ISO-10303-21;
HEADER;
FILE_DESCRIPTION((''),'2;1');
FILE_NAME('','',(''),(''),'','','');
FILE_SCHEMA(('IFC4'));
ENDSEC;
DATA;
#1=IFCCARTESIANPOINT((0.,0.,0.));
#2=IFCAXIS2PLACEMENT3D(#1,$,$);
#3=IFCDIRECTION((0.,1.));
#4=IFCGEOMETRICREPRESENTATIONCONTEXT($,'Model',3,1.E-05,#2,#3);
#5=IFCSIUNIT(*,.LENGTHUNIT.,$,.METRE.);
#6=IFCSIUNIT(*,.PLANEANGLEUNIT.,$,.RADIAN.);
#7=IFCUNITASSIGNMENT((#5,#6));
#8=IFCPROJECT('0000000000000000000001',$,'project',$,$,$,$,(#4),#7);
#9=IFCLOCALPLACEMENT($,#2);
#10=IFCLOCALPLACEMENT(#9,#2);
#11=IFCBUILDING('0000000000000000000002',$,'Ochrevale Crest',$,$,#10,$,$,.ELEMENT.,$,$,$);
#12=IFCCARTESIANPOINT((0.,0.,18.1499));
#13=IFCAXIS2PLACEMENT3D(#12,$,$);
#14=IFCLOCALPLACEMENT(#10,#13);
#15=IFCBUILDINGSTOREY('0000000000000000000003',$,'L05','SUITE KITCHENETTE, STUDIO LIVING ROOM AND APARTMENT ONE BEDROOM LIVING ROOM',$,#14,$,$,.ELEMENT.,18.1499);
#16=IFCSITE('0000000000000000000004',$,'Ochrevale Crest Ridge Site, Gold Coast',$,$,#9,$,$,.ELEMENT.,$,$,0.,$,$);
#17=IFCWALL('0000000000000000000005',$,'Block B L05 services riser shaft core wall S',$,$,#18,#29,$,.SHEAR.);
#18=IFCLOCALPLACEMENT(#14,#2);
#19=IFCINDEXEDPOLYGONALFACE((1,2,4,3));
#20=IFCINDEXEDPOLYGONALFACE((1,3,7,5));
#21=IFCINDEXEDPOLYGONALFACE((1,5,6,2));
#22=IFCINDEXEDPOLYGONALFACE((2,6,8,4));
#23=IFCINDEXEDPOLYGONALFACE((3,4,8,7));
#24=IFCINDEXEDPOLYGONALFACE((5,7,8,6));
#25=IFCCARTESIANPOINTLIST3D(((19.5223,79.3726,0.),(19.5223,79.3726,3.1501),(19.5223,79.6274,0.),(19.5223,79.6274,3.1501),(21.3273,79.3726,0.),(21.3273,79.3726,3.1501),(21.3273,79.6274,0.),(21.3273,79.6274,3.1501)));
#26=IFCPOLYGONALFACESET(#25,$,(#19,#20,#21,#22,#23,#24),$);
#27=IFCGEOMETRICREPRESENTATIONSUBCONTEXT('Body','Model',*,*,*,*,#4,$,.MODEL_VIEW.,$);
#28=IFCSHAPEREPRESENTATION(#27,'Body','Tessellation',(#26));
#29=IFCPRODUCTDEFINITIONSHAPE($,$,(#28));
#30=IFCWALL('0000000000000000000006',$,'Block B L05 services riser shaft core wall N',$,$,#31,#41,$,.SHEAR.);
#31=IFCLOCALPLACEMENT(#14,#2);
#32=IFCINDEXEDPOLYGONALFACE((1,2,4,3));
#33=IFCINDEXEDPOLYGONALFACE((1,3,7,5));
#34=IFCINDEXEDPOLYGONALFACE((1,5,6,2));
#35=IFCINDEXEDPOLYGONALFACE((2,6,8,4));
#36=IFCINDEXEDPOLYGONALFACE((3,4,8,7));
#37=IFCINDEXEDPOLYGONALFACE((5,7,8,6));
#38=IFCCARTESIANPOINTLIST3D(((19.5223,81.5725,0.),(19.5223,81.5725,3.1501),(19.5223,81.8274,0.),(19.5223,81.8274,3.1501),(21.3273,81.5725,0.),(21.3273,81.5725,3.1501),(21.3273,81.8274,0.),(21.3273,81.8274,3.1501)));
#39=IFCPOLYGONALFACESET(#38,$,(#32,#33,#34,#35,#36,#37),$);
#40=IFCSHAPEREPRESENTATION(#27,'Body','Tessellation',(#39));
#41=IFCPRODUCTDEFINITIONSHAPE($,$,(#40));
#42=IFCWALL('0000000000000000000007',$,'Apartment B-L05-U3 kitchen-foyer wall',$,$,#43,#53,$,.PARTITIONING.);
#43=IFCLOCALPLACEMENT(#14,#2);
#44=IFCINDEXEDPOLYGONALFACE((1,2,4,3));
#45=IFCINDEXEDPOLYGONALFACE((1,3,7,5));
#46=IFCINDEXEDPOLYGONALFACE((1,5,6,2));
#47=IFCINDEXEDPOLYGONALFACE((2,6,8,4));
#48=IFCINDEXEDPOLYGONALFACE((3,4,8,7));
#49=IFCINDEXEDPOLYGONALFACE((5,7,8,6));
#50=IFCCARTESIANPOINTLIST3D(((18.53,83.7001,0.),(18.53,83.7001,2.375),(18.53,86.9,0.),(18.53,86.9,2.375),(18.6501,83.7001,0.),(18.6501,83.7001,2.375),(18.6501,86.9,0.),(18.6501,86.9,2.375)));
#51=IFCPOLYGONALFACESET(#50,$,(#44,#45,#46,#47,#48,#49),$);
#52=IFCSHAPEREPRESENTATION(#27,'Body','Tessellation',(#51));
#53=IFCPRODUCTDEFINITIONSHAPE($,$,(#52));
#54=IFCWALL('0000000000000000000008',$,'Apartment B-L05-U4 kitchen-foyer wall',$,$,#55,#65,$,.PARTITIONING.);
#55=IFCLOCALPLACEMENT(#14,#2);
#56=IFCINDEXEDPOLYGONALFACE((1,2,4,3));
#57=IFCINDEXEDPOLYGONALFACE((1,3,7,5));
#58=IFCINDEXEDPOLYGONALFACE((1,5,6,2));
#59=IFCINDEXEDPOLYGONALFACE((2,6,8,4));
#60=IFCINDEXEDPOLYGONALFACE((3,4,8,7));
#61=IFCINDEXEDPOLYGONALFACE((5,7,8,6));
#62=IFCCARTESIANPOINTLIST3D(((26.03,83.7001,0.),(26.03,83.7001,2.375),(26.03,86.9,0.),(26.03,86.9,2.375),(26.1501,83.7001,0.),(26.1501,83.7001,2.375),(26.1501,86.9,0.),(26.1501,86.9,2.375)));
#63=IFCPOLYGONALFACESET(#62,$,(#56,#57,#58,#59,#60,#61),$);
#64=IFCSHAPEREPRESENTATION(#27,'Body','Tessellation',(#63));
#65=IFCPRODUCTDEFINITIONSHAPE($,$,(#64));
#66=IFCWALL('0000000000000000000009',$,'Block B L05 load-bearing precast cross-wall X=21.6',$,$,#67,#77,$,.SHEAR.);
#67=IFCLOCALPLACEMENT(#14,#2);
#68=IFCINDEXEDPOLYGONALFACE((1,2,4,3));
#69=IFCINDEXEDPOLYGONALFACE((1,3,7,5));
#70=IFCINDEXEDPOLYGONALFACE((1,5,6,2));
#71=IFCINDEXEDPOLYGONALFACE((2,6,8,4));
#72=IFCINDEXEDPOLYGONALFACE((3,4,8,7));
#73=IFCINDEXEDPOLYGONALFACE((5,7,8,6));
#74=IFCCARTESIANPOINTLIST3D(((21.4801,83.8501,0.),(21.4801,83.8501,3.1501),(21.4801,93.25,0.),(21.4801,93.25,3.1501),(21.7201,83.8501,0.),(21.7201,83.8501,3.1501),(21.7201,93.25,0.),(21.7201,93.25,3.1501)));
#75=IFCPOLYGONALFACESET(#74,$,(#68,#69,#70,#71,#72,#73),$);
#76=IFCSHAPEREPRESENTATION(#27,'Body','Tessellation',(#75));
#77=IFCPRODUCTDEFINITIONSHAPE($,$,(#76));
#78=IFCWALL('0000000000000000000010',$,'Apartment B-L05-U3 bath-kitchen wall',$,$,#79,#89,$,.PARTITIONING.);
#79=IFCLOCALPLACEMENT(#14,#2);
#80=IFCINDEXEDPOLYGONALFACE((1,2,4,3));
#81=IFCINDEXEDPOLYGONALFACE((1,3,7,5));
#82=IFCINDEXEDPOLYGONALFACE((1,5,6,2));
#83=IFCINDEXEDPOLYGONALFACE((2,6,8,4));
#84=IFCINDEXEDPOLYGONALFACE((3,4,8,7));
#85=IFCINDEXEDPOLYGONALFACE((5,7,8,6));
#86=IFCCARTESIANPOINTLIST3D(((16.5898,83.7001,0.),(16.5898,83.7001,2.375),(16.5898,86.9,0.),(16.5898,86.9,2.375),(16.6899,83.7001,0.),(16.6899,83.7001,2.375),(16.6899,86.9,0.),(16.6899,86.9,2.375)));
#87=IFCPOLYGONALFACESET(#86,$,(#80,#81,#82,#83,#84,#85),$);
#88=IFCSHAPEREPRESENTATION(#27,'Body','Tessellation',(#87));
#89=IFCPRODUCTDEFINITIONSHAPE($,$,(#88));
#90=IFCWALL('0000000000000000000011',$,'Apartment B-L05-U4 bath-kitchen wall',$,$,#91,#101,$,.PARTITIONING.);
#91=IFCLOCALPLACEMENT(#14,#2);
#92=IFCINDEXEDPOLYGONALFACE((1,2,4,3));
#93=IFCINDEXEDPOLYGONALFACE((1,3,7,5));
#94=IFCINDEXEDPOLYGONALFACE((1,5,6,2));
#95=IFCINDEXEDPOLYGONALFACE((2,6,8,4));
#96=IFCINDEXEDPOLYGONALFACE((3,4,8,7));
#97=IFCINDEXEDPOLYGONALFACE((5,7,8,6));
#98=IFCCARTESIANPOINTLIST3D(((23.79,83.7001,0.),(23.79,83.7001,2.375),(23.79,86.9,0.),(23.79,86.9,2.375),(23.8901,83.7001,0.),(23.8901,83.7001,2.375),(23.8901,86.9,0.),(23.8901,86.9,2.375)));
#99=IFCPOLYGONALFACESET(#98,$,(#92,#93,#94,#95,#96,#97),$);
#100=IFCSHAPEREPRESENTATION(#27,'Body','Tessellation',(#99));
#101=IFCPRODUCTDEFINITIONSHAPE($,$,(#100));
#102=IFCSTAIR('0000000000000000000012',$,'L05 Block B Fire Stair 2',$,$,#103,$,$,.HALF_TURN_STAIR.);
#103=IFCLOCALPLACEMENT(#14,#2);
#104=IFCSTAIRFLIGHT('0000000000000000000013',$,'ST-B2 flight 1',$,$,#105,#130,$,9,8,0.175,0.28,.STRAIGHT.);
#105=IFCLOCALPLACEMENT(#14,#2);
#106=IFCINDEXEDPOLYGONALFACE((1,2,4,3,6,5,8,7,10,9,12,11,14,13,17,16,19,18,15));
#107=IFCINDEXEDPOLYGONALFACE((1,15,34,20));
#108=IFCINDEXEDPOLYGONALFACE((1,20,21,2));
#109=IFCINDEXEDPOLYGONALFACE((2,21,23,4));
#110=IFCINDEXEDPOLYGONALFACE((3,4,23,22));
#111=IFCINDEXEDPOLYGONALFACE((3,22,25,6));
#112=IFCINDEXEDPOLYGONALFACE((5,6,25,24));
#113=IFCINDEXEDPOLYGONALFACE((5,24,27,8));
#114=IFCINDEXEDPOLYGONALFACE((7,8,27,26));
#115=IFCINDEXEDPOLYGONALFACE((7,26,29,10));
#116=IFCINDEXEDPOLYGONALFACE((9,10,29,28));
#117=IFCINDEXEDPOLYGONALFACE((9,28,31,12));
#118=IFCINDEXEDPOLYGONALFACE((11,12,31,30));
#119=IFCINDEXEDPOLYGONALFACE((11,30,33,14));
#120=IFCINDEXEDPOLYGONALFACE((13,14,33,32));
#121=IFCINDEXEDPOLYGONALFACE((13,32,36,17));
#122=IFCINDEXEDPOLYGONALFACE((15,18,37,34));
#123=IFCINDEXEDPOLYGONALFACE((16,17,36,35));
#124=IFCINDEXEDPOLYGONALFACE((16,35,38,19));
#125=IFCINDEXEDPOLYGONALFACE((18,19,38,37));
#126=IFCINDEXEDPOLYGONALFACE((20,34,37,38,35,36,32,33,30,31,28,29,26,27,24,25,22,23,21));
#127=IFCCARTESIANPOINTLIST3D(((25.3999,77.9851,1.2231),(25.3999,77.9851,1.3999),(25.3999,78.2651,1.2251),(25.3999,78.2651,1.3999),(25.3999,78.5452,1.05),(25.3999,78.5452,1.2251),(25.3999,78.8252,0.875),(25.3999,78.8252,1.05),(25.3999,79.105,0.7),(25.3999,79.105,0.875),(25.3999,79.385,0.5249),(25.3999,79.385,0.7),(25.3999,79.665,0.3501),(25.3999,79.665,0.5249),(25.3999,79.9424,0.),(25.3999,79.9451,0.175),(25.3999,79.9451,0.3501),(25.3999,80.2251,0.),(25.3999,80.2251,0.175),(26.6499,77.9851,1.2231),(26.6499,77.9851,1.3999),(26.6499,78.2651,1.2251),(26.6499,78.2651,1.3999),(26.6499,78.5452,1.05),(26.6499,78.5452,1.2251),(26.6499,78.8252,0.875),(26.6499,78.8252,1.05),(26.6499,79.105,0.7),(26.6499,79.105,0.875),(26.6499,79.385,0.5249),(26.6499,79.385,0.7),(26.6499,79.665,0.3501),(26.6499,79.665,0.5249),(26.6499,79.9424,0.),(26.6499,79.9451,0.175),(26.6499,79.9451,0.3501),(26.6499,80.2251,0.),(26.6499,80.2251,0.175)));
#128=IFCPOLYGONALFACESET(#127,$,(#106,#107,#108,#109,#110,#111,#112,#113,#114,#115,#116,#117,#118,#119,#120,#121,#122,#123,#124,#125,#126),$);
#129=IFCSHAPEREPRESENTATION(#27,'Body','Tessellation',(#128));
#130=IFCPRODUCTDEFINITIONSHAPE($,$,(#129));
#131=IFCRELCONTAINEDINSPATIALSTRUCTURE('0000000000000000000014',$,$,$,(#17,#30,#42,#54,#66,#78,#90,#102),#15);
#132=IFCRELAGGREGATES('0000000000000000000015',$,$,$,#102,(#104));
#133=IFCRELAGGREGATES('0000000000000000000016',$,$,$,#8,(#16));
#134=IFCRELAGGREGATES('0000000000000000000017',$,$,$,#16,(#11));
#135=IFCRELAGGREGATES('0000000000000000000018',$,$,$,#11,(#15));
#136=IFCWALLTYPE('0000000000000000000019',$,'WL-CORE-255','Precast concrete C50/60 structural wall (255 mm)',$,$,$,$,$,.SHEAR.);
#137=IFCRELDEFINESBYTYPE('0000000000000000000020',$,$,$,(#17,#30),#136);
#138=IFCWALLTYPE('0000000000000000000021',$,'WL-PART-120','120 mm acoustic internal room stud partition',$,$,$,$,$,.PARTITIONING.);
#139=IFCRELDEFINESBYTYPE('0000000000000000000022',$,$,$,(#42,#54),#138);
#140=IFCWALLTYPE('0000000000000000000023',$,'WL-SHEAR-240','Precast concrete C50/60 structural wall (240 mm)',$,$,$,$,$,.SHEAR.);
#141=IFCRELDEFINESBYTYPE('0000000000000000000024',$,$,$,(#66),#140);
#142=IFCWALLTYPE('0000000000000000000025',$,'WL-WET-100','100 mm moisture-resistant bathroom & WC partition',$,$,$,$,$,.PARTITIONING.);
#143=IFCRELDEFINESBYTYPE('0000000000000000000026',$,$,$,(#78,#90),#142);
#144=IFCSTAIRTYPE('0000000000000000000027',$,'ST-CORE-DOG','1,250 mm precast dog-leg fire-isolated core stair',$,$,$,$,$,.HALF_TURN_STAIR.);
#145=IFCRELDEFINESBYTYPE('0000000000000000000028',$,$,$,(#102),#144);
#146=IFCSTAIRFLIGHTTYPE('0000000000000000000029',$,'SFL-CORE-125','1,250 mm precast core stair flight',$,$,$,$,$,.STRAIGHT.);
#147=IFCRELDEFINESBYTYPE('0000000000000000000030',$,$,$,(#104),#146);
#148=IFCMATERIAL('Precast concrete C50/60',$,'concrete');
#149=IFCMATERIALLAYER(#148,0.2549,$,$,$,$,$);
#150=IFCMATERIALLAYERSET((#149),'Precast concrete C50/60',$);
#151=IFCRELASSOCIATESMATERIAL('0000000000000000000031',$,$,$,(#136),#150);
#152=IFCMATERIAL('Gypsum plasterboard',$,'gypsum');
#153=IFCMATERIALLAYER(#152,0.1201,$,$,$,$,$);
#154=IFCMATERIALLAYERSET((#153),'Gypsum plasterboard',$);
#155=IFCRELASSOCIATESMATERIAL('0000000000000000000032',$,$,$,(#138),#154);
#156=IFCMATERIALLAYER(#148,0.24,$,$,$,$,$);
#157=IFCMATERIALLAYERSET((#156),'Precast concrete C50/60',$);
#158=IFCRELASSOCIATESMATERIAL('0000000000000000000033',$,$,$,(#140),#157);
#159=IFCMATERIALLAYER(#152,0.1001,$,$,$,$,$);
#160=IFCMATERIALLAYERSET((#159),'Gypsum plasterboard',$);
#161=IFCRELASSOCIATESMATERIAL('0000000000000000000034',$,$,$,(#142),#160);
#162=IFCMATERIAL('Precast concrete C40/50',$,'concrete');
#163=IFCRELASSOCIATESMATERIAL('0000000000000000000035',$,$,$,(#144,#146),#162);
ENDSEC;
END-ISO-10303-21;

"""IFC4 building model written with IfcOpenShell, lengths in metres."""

from ifc_helpers import new_model, si_unit, direction, frame, frame_2d, origin, place, context, subcontext, project, spatial, polyline, rectangle, outline, extrude, material, layer, layer_set, type_object, element, aggregate, save


model = new_model("IFC4")

# Units and contexts
model_context = context("Model", 3, precision=1e-05, world=origin(), true_north=direction((0.0, 1.0)))
body_context = subcontext(model_context, "Body", "Model", "MODEL_VIEW")
ifc_project = project(units=[si_unit("LENGTHUNIT", "METRE"), si_unit("PLANEANGLEUNIT", "RADIAN")], contexts=[model_context])

# Site, building, storey
site_placement = place(None, origin())
site = spatial("IfcSite", under=ifc_project, at=site_placement, Name="Ochrevale Crest Ridge Site, Gold Coast", CompositionType="ELEMENT", RefElevation=0.0)
building_placement = place(site_placement, origin())
building = spatial("IfcBuilding", under=site, at=building_placement, Name="Ochrevale Crest", CompositionType="ELEMENT")
storey_placement = place(building_placement, frame((0.0, 0.0, 18.1499)))
storey = spatial("IfcBuildingStorey", under=building, at=storey_placement, Name="L05", Description="SUITE KITCHENETTE, STUDIO LIVING ROOM AND APARTMENT ONE BEDROOM LIVING ROOM", CompositionType="ELEMENT", Elevation=18.1499)

# Shared definitions
ifc_material_1 = material(Name="Precast concrete C50/60", Category="concrete")

# Shared definitions
ifc_material_2 = material(Name="Gypsum plasterboard", Category="gypsum")
ifc_layer_1 = layer(ifc_material_1, 0.2549)
ifc_layer_set_1 = layer_set([ifc_layer_1], Name="Precast concrete C50/60")
wall_type_1 = type_object("IfcWallType", Name="WL-CORE-255", Description="Precast concrete C50/60 structural wall (255 mm)", PredefinedType="SHEAR", material=ifc_layer_set_1)

# Walls
for number, where, z_axis, x_axis, name in (
    (1, (19.5225, 79.5, 0.0), (0.0, 0.0, 1.0), (1.0, 0.0, 0.0), "Block B L05 services riser shaft core wall S"),
    (2, (19.5225, 81.7, 0.0), (0.0, 0.0, 1.0), (1.0, 0.0, 0.0), "Block B L05 services riser shaft core wall N"),
):
    element("IfcWall", number, at=place(storey_placement, frame(where, z_axis=z_axis, x_axis=x_axis)), inside=storey, type_object=wall_type_1, Name=name, PredefinedType="SHEAR", context=body_context, shape_type="SweptSolid", body=[
        extrude(rectangle(XDim=1.8049, YDim=0.2549, at=frame_2d((0.9023, 0.0))), origin(), (0.0, 0.0, 1.0), 3.1501),
    ])
ifc_layer_2 = layer(ifc_material_2, 0.1201)
ifc_layer_set_2 = layer_set([ifc_layer_2], Name="Gypsum plasterboard")
wall_type_2 = type_object("IfcWallType", Name="WL-PART-120", Description="120 mm acoustic internal room stud partition", PredefinedType="PARTITIONING", material=ifc_layer_set_2)
for number, where, z_axis, x_axis, name in (
    (3, (18.5901, 83.7, 0.0), (0.0, 0.0, 1.0), (0.0, 1.0, 0.0), "Apartment B-L05-U3 kitchen-foyer wall"),
    (4, (26.0901, 83.7, 0.0), (0.0, 0.0, 1.0), (0.0, 1.0, 0.0), "Apartment B-L05-U4 kitchen-foyer wall"),
):
    element("IfcWall", number, at=place(storey_placement, frame(where, z_axis=z_axis, x_axis=x_axis)), inside=storey, type_object=wall_type_2, Name=name, PredefinedType="PARTITIONING", context=body_context, shape_type="SweptSolid", body=[
        extrude(rectangle(XDim=3.2, YDim=0.1201, at=frame_2d((1.6001, 0.0))), origin(), (0.0, 0.0, 1.0), 2.375),
    ])
ifc_layer_3 = layer(ifc_material_1, 0.24)
ifc_layer_set_3 = layer_set([ifc_layer_3], Name="Precast concrete C50/60")
wall_type_3 = type_object("IfcWallType", Name="WL-SHEAR-240", Description="Precast concrete C50/60 structural wall (240 mm)", PredefinedType="SHEAR", material=ifc_layer_set_3)
wall_1_placement = place(storey_placement, frame((21.6001, 83.8501, 0.0), z_axis=(0.0, 0.0, 1.0), x_axis=(0.0, 1.0, 0.0)))
element("IfcWall", 5, at=wall_1_placement, inside=storey, type_object=wall_type_3, Name="Block B L05 load-bearing precast cross-wall X=21.6", PredefinedType="SHEAR", context=body_context, shape_type="SweptSolid", body=[
    extrude(rectangle(XDim=9.3999, YDim=0.24, at=frame_2d((4.7, 0.0))), origin(), (0.0, 0.0, 1.0), 3.1501),
])
ifc_layer_4 = layer(ifc_material_2, 0.1001)
ifc_layer_set_4 = layer_set([ifc_layer_4], Name="Gypsum plasterboard")
wall_type_4 = type_object("IfcWallType", Name="WL-WET-100", Description="100 mm moisture-resistant bathroom & WC partition", PredefinedType="PARTITIONING", material=ifc_layer_set_4)
for number, where, z_axis, x_axis, name in (
    (6, (16.6399, 83.7, 0.0), (0.0, 0.0, 1.0), (0.0, 1.0, 0.0), "Apartment B-L05-U3 bath-kitchen wall"),
    (7, (23.8401, 83.7, 0.0), (0.0, 0.0, 1.0), (0.0, 1.0, 0.0), "Apartment B-L05-U4 bath-kitchen wall"),
):
    element("IfcWall", number, at=place(storey_placement, frame(where, z_axis=z_axis, x_axis=x_axis)), inside=storey, type_object=wall_type_4, Name=name, PredefinedType="PARTITIONING", context=body_context, shape_type="SweptSolid", body=[
        extrude(rectangle(XDim=3.2, YDim=0.1001, at=frame_2d((1.6001, 0.0))), origin(), (0.0, 0.0, 1.0), 2.375),
    ])

# Stair, stair flight
ifc_material_3 = material(Name="Precast concrete C40/50", Category="concrete")
stair_type = type_object("IfcStairType", Name="ST-CORE-DOG", Description="1,250 mm precast dog-leg fire-isolated core stair", PredefinedType="HALF_TURN_STAIR", material=ifc_material_3)
stair_placement = place(storey_placement, origin())
stair = element("IfcStair", 8, at=stair_placement, inside=storey, type_object=stair_type, Name="L05 Block B Fire Stair 2", PredefinedType="HALF_TURN_STAIR")
stair_flight_type = type_object("IfcStairFlightType", Name="SFL-CORE-125", Description="1,250 mm precast core stair flight", PredefinedType="STRAIGHT", material=ifc_material_3)
stair_flight_placement = place(storey_placement, frame((26.0249, 80.2251, 0.0), z_axis=(0.0, 0.0, 1.0), x_axis=(0.0, -1.0, 0.0)))
stair_flight = element("IfcStairFlight", 9, at=stair_flight_placement, type_object=stair_flight_type, Name="ST-B2 flight 1", NumberOfRisers=9, NumberOfTreads=8, PredefinedType="STRAIGHT", RiserHeight=0.175, TreadLength=0.28, context=body_context, shape_type="SweptSolid", body=[
    extrude(outline(polyline([(0.0, 0.0), (0.0, 0.175), (0.28, 0.175), (0.28, 0.3501), (0.5601, 0.3501), (0.5601, 0.5249), (0.8401, 0.5249), (0.8401, 0.7), (1.1201, 0.7), (1.1201, 0.875), (1.3999, 0.875), (1.3999, 1.05), (1.6799, 1.05), (1.6799, 1.2251), (1.96, 1.2251), (1.96, 1.3999), (2.24, 1.3999), (2.24, 1.575), (2.24, 1.2231), (0.2827, 0.0), (0.0, 0.0)])), frame((0.0, 0.625, 0.0), z_axis=(0.0, -1.0, 0.0), x_axis=(1.0, 0.0, 0.0)), (0.0, 0.0, 1.0), 1.25),
])
aggregate(stair, [stair_flight])

save(model, "model.ifc")
